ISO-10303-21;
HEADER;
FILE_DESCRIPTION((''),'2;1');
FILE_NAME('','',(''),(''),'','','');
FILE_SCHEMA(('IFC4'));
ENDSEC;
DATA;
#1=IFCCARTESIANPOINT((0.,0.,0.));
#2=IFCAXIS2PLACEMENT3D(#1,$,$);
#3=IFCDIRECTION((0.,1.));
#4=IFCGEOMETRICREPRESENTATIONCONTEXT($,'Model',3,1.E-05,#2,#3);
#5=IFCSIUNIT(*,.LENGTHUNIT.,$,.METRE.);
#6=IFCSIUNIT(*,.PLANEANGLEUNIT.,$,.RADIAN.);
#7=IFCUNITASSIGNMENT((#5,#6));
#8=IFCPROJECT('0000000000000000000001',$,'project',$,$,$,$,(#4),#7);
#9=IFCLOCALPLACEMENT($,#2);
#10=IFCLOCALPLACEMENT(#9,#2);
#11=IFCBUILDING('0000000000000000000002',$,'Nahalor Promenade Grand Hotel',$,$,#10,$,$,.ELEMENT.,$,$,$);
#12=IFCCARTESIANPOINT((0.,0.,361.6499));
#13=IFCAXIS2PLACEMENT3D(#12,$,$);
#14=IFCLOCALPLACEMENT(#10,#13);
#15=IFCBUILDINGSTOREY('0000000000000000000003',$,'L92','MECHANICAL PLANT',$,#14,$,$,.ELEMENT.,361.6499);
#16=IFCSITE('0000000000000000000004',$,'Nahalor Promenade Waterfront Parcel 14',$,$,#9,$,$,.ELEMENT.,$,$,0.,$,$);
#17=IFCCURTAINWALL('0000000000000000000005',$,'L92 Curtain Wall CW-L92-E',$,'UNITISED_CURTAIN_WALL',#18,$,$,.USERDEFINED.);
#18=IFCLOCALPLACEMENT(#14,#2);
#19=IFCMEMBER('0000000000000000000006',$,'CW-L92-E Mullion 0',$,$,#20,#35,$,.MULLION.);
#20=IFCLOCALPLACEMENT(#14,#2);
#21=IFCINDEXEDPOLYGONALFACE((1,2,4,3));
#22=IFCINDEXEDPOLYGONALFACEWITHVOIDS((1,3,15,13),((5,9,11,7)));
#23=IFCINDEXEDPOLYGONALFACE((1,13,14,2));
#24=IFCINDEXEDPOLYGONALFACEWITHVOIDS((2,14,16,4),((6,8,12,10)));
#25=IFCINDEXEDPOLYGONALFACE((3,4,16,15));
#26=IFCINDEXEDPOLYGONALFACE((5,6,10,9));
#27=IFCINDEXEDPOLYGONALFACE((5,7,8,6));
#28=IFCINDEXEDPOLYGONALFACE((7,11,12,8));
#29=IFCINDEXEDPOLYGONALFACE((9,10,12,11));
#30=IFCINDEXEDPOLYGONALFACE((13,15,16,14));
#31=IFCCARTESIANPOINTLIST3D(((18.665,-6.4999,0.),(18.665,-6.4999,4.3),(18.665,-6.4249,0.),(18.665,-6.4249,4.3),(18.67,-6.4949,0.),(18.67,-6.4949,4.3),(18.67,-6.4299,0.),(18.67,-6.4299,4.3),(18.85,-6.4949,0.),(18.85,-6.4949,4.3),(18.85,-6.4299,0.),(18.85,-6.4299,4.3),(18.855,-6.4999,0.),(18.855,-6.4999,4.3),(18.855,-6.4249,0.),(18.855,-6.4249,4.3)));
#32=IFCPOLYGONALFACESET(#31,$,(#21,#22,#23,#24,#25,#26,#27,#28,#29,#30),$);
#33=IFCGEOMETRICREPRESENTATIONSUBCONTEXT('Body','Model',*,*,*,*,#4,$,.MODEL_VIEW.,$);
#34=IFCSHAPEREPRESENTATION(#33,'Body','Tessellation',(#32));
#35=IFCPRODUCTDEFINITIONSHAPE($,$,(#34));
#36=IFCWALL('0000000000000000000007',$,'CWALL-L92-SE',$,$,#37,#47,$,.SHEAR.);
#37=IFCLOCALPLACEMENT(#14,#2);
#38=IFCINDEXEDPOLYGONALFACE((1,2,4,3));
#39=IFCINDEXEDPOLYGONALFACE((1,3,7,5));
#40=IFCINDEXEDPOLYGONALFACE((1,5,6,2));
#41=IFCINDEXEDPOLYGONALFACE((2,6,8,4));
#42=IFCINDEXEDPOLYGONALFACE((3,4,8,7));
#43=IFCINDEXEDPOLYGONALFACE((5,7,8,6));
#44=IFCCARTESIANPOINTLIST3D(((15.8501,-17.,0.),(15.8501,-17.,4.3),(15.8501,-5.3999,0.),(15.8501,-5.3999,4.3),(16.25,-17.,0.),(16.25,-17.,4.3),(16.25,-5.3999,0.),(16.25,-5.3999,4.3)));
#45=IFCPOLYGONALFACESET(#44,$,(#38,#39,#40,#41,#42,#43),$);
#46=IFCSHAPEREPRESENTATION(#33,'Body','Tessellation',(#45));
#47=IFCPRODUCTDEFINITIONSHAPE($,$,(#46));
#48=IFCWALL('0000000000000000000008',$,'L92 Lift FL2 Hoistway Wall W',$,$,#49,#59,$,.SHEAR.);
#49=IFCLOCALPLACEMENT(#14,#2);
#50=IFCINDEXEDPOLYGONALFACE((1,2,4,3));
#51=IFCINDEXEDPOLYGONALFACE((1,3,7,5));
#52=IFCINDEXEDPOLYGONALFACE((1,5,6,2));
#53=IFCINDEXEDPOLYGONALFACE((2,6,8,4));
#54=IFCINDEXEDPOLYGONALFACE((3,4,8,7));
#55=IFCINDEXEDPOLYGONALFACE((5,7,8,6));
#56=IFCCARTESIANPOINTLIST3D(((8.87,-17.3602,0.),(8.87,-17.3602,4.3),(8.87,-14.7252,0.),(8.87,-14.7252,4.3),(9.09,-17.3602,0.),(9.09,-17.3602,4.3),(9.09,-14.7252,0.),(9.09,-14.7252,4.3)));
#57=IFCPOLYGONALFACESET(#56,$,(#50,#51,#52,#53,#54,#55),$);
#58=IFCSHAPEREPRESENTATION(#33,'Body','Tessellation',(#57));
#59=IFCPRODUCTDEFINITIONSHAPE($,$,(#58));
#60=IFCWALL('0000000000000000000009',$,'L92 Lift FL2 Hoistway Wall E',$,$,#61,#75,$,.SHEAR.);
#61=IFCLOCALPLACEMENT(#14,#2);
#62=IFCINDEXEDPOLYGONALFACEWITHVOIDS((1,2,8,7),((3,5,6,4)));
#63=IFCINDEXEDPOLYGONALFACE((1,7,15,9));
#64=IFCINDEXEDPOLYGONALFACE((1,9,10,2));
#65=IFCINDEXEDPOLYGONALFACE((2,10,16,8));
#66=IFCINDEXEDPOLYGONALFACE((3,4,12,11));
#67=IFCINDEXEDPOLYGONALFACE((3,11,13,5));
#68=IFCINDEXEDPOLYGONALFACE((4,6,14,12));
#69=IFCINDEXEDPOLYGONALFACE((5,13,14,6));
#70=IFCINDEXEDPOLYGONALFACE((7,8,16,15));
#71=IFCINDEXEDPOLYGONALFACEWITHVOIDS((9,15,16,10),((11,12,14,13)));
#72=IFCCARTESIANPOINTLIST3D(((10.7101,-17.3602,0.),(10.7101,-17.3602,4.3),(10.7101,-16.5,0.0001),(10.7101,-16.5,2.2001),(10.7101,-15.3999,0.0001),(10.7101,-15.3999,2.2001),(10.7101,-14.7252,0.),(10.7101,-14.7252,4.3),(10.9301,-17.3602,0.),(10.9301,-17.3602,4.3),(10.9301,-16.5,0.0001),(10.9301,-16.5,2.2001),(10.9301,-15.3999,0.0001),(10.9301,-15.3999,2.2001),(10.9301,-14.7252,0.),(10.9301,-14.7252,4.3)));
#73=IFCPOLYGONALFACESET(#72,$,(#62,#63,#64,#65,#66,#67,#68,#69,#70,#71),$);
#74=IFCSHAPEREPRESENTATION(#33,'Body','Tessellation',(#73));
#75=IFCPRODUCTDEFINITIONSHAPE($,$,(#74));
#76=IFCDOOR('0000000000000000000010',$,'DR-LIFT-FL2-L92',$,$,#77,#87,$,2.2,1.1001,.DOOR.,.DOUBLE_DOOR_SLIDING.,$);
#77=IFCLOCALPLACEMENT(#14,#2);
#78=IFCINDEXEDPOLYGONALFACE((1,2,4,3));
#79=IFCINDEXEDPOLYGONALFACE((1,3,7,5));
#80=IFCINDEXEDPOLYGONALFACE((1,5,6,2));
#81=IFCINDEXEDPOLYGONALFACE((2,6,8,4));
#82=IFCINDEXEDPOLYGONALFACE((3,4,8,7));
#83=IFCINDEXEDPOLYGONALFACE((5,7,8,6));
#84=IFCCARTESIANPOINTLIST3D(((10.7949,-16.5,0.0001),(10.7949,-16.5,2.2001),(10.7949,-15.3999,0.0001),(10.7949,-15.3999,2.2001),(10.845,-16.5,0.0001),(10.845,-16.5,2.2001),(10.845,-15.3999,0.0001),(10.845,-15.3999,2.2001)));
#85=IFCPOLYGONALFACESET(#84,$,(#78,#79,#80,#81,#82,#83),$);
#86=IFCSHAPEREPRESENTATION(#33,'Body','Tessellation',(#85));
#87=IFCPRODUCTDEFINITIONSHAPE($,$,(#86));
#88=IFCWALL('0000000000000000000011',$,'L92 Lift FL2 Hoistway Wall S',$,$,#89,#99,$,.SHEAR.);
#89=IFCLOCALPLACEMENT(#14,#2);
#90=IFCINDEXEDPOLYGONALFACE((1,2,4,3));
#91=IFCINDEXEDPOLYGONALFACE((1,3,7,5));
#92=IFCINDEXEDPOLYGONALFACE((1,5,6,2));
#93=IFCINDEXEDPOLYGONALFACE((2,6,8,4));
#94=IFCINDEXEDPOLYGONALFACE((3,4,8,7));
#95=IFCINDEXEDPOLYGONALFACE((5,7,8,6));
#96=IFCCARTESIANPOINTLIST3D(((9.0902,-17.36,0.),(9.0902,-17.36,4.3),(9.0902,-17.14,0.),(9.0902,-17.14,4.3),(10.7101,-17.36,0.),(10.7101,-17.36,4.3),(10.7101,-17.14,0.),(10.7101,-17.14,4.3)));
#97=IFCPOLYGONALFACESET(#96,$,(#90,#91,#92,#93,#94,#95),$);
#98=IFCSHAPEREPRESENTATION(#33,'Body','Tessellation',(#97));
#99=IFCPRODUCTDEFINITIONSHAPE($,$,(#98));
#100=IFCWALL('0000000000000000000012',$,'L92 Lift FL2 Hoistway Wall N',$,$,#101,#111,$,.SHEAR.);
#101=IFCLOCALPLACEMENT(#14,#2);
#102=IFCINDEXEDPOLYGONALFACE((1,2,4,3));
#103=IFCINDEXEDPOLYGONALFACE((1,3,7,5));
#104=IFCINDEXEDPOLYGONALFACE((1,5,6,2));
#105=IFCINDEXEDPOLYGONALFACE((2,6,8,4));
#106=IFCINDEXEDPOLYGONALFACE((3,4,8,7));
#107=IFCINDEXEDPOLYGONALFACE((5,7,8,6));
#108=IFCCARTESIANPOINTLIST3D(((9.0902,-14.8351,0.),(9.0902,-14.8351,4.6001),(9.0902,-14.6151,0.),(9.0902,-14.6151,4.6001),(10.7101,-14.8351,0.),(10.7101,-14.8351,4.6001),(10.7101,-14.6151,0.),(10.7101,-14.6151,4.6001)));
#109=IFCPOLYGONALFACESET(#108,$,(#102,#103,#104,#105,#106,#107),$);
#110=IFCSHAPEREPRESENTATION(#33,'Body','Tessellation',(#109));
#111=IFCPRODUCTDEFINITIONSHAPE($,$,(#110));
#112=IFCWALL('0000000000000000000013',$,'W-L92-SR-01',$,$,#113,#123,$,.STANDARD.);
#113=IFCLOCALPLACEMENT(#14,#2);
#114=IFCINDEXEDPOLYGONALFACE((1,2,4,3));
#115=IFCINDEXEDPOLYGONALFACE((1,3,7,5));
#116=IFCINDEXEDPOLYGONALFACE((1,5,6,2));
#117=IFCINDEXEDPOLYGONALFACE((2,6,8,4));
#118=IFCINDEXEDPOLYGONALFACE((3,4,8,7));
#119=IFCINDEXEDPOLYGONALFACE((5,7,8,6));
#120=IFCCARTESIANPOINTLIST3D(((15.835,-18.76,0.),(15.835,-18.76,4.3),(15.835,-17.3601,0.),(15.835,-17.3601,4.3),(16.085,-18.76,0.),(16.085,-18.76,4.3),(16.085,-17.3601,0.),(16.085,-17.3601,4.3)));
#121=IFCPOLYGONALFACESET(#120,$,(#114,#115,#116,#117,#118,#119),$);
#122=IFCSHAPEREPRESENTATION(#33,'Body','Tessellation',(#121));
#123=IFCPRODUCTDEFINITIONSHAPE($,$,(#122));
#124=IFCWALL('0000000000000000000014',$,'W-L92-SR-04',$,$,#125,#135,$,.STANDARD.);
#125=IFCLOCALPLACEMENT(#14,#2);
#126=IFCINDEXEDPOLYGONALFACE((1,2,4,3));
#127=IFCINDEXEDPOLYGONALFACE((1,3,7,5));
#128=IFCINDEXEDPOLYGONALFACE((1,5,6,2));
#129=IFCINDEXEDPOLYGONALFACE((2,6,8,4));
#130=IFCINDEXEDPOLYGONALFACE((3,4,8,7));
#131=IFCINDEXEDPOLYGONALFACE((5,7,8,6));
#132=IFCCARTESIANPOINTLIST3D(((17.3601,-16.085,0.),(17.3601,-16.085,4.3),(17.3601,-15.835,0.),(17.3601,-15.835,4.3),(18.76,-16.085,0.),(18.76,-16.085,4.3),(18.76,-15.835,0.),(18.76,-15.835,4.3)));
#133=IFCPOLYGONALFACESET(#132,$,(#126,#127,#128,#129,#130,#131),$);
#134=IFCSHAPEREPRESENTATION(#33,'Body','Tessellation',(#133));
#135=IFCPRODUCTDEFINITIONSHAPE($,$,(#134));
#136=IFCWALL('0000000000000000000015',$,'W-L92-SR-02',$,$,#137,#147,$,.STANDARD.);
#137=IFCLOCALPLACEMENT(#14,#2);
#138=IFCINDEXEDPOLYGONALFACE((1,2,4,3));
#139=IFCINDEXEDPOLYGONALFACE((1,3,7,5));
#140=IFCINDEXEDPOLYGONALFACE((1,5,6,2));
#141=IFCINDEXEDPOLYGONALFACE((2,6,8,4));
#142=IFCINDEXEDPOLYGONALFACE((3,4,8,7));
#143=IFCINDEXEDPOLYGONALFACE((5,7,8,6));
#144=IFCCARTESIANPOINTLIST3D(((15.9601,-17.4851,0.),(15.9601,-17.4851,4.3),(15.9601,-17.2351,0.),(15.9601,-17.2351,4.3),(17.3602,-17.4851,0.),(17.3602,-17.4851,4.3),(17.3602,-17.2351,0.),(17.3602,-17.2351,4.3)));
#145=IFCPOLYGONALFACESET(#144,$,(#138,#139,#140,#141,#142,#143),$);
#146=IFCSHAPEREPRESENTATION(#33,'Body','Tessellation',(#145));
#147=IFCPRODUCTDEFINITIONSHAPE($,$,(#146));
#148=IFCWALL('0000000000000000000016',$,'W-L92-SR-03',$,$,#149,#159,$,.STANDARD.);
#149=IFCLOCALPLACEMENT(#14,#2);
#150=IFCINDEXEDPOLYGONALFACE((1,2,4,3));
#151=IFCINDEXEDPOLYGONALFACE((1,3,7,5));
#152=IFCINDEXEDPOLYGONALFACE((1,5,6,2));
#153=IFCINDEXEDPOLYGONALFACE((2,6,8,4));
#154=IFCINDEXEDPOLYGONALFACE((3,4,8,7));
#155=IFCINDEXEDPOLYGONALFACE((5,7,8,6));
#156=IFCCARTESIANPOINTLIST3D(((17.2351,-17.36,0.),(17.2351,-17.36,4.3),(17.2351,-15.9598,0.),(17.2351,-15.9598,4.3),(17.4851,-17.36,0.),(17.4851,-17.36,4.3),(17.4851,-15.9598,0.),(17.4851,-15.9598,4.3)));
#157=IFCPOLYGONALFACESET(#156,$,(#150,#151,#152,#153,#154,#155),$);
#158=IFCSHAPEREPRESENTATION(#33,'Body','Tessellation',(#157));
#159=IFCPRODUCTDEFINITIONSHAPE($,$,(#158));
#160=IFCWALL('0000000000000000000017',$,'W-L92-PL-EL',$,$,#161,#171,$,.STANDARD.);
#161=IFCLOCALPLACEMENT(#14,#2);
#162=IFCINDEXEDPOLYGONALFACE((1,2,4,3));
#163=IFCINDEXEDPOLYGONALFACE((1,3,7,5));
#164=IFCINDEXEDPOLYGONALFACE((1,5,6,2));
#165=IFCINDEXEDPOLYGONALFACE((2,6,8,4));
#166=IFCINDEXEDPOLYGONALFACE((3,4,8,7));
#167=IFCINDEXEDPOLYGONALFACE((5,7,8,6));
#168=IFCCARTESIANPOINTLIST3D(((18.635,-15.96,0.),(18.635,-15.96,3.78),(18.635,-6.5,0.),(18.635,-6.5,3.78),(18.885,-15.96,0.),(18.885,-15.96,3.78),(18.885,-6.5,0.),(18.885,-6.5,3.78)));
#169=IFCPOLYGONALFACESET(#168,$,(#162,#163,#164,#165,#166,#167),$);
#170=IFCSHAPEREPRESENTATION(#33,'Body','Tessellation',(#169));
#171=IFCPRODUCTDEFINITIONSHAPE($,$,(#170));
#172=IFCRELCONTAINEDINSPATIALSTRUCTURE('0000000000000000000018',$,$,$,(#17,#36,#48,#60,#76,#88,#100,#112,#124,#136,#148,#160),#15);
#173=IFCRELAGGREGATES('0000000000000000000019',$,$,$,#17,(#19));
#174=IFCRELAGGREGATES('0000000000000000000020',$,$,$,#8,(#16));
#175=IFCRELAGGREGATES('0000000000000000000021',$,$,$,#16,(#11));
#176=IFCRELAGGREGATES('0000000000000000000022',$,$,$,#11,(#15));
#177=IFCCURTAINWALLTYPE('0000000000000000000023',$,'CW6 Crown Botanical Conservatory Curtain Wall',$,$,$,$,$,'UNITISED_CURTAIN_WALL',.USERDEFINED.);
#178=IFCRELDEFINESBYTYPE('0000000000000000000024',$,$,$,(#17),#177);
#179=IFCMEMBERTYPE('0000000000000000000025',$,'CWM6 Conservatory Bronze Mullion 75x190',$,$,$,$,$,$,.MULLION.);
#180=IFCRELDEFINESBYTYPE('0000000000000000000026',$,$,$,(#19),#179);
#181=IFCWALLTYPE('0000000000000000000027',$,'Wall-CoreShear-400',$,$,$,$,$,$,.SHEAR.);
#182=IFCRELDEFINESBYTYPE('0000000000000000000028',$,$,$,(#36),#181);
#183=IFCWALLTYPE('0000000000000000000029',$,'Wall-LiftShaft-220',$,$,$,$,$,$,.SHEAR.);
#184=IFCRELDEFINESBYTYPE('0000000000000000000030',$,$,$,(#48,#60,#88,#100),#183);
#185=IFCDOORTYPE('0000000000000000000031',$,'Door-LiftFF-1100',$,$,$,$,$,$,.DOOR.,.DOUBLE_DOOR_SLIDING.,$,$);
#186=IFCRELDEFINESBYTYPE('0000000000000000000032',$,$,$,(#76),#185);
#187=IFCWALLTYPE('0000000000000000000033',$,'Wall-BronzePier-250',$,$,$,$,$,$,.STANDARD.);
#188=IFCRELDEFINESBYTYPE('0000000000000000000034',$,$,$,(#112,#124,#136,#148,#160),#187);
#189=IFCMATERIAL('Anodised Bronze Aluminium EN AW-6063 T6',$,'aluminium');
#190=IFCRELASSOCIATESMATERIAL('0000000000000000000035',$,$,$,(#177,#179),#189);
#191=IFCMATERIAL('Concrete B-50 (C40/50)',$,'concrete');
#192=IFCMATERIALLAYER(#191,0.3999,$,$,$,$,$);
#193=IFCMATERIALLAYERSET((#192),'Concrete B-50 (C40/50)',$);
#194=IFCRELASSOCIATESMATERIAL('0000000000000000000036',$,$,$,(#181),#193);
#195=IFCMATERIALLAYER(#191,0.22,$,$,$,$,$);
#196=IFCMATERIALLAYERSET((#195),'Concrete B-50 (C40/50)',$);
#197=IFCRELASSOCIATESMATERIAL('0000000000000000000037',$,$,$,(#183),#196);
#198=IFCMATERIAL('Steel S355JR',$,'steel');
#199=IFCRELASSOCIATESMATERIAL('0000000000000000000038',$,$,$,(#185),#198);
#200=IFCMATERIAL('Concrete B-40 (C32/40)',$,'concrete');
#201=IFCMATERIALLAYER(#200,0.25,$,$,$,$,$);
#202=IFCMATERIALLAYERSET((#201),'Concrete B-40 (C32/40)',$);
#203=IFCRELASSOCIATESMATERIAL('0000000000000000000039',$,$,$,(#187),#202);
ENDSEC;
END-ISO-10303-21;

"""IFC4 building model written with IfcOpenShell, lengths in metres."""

from ifc_helpers import new_model, si_unit, direction, frame, frame_2d, origin, origin_2d, place, context, subcontext, project, spatial, rectangle, hollow_rectangle, extrude, source, transform, mapped, material, layer, layer_set, material_profile, profile_set, type_object, element, fill, aggregate, save


model = new_model("IFC4")

# Units and contexts
model_context = context("Model", 3, precision=1e-05, world=origin(), true_north=direction((0.0, 1.0)))
body_context = subcontext(model_context, "Body", "Model", "MODEL_VIEW")
ifc_project = project(units=[si_unit("LENGTHUNIT", "METRE"), si_unit("PLANEANGLEUNIT", "RADIAN")], contexts=[model_context])

# Site, building, storey
site_placement = place(None, origin())
site = spatial("IfcSite", under=ifc_project, at=site_placement, Name="Nahalor Promenade Waterfront Parcel 14", CompositionType="ELEMENT", RefElevation=0.0)
building_placement = place(site_placement, origin())
building = spatial("IfcBuilding", under=site, at=building_placement, Name="Nahalor Promenade Grand Hotel", CompositionType="ELEMENT")
storey_placement = place(building_placement, frame((0.0, 0.0, 361.6499)))
storey = spatial("IfcBuildingStorey", under=building, at=storey_placement, Name="L92", Description="MECHANICAL PLANT", CompositionType="ELEMENT", Elevation=361.6499)

# Shared definitions
ifc_material_1 = material(Name="Concrete B-50 (C40/50)", Category="concrete")

# Shared definitions
ifc_material_2 = material(Name="Steel S355JR", Category="steel")

# Curtain wall, member
ifc_material_3 = material(Name="Anodised Bronze Aluminium EN AW-6063 T6", Category="aluminium")
curtain_wall_type = type_object("IfcCurtainWallType", Name="CW6 Crown Botanical Conservatory Curtain Wall", ElementType="UNITISED_CURTAIN_WALL", PredefinedType="USERDEFINED", material=ifc_material_3)
curtain_wall_placement = place(storey_placement, origin())
curtain_wall = element("IfcCurtainWall", 1, at=curtain_wall_placement, inside=storey, type_object=curtain_wall_type, Name="L92 Curtain Wall CW-L92-E", ObjectType="UNITISED_CURTAIN_WALL", PredefinedType="USERDEFINED")
ifc_material_profile_1 = material_profile(ifc_material_3, hollow_rectangle(XDim=0.075, YDim=0.19, WallThickness=0.005, at=origin_2d()), Name="CWM 75x190x5")
ifc_profile_set_1 = profile_set([ifc_material_profile_1], Name="Anodised Bronze Aluminium EN AW-6063 T6")
member_type_1 = type_object("IfcMemberType", Name="CWM6 Conservatory Bronze Mullion 75x190", PredefinedType="MULLION", material=ifc_profile_set_1)
shared_shape_1 = source(origin(), body_context, "Body", "SweptSolid", [
    extrude(hollow_rectangle(XDim=0.075, YDim=0.19, WallThickness=0.005, at=origin_2d()), origin(), (0.0, 0.0, 1.0), 4.3),
])
member_1_placement = place(storey_placement, frame((18.76, -6.4624, 0.0), z_axis=(0.0, 0.0, 1.0), x_axis=(0.0, 1.0, 0.0)))
member_1 = element("IfcMember", 2, at=member_1_placement, type_object=member_type_1, Name="CW-L92-E Mullion 0", PredefinedType="MULLION", context=body_context, shape_type="MappedRepresentation", body=[
    mapped(shared_shape_1, transform((0.0, 0.0, 0.0), scale=1.0)),
])
aggregate(curtain_wall, [member_1])

# Walls
ifc_layer_1 = layer(ifc_material_1, 0.3999)
ifc_layer_set_1 = layer_set([ifc_layer_1], Name="Concrete B-50 (C40/50)")
wall_type_1 = type_object("IfcWallType", Name="Wall-CoreShear-400", PredefinedType="SHEAR", material=ifc_layer_set_1)
shared_shape_2 = source(origin(), body_context, "Body", "SweptSolid", [
    extrude(rectangle(XDim=11.6001, YDim=0.3999, at=frame_2d((5.8, 0.0))), origin(), (0.0, 0.0, 1.0), 4.3),
])
wall_1_placement = place(storey_placement, frame((16.05, -17.0, 0.0), z_axis=(0.0, 0.0, 1.0), x_axis=(0.0, 1.0, 0.0)))
element("IfcWall", 3, at=wall_1_placement, inside=storey, type_object=wall_type_1, Name="CWALL-L92-SE", PredefinedType="SHEAR", context=body_context, shape_type="MappedRepresentation", body=[
    mapped(shared_shape_2, transform((0.0, 0.0, 0.0), scale=1.0)),
])
ifc_layer_2 = layer(ifc_material_1, 0.22)
ifc_layer_set_2 = layer_set([ifc_layer_2], Name="Concrete B-50 (C40/50)")
wall_type_2 = type_object("IfcWallType", Name="Wall-LiftShaft-220", PredefinedType="SHEAR", material=ifc_layer_set_2)
shared_shape_3 = source(origin(), body_context, "Body", "SweptSolid", [
    extrude(rectangle(XDim=2.635, YDim=0.22, at=frame_2d((1.3174, 0.0))), origin(), (0.0, 0.0, 1.0), 4.3),
])
wall_2_placement = place(storey_placement, frame((8.98, -17.3601, 0.0), z_axis=(0.0, 0.0, 1.0), x_axis=(0.0, 1.0, 0.0)))
element("IfcWall", 4, at=wall_2_placement, inside=storey, type_object=wall_type_2, Name="L92 Lift FL2 Hoistway Wall W", PredefinedType="SHEAR", context=body_context, shape_type="MappedRepresentation", body=[
    mapped(shared_shape_3, transform((0.0, 0.0, 0.0), scale=1.0)),
])

# Wall, opening, door
wall_3_placement = place(storey_placement, frame((10.8201, -17.3601, 0.0), z_axis=(0.0, 0.0, 1.0), x_axis=(0.0, 1.0, 0.0)))
wall_3 = element("IfcWall", 5, at=wall_3_placement, inside=storey, type_object=wall_type_2, Name="L92 Lift FL2 Hoistway Wall E", PredefinedType="SHEAR", context=body_context, shape_type="MappedRepresentation", body=[
    mapped(shared_shape_3, transform((0.0, 0.0, 0.0), scale=1.0)),
])
opening_1_placement = place(wall_3_placement, frame((0.8601, 0.0, 0.0)))
opening_1 = element("IfcOpeningElement", 6, at=opening_1_placement, cuts=wall_3, PredefinedType="OPENING", context=body_context, shape_type="SweptSolid", body=[
    extrude(rectangle(XDim=1.1001, YDim=2.2, at=frame_2d((0.55, 1.1001))), frame((0.0, 0.1199, 0.0), z_axis=(0.0, -1.0, 0.0), x_axis=(1.0, 0.0, 0.0)), (0.0, 0.0, 1.0), 0.24),
])
door_type_1 = type_object("IfcDoorType", Name="Door-LiftFF-1100", OperationType="DOUBLE_DOOR_SLIDING", PredefinedType="DOOR", material=ifc_material_2)
shared_shape_4 = source(origin(), body_context, "Body", "SweptSolid", [
    extrude(rectangle(XDim=1.1001, YDim=2.2, at=frame_2d((0.55, 1.1001))), frame((0.0, 0.0249, 0.0), z_axis=(0.0, -1.0, 0.0), x_axis=(1.0, 0.0, 0.0)), (0.0, 0.0, 1.0), 0.05),
])
door_1_placement = place(opening_1_placement, frame((1.1001, 0.0, 0.0), z_axis=(0.0, 0.0, 1.0), x_axis=(-1.0, 0.0, 0.0)))
door_1 = element("IfcDoor", 7, at=door_1_placement, inside=storey, type_object=door_type_1, Name="DR-LIFT-FL2-L92", OperationType="DOUBLE_DOOR_SLIDING", OverallHeight=2.2, OverallWidth=1.1001, PredefinedType="DOOR", context=body_context, shape_type="MappedRepresentation", body=[
    mapped(shared_shape_4, transform((0.0, 0.0, 0.0), scale=1.0)),
])
fill(opening_1, door_1)

# Walls
shared_shape_5 = source(origin(), body_context, "Body", "SweptSolid", [
    extrude(rectangle(XDim=1.6199, YDim=0.22, at=frame_2d((0.8101, 0.0))), origin(), (0.0, 0.0, 1.0), 4.3),
])
wall_4_placement = place(storey_placement, frame((9.0901, -17.25, 0.0), z_axis=(0.0, 0.0, 1.0), x_axis=(1.0, 0.0, 0.0)))
element("IfcWall", 8, at=wall_4_placement, inside=storey, type_object=wall_type_2, Name="L92 Lift FL2 Hoistway Wall S", PredefinedType="SHEAR", context=body_context, shape_type="MappedRepresentation", body=[
    mapped(shared_shape_5, transform((0.0, 0.0, 0.0), scale=1.0)),
])
shared_shape_6 = source(origin(), body_context, "Body", "SweptSolid", [
    extrude(rectangle(XDim=1.6199, YDim=0.22, at=frame_2d((0.8101, 0.0))), origin(), (0.0, 0.0, 1.0), 4.6001),
])
wall_5_placement = place(storey_placement, frame((9.0901, -14.7251, 0.0), z_axis=(0.0, 0.0, 1.0), x_axis=(1.0, 0.0, 0.0)))
element("IfcWall", 9, at=wall_5_placement, inside=storey, type_object=wall_type_2, Name="L92 Lift FL2 Hoistway Wall N", PredefinedType="SHEAR", context=body_context, shape_type="MappedRepresentation", body=[
    mapped(shared_shape_6, transform((0.0, 0.0, 0.0), scale=1.0)),
])
ifc_material_4 = material(Name="Concrete B-40 (C32/40)", Category="concrete")
ifc_layer_3 = layer(ifc_material_4, 0.25)
ifc_layer_set_3 = layer_set([ifc_layer_3], Name="Concrete B-40 (C32/40)")
wall_type_3 = type_object("IfcWallType", Name="Wall-BronzePier-250", PredefinedType="STANDARD", material=ifc_layer_set_3)
shared_shape_7 = source(origin(), body_context, "Body", "SweptSolid", [
    extrude(rectangle(XDim=1.3999, YDim=0.25, at=frame_2d((0.7, 0.0))), origin(), (0.0, 0.0, 1.0), 4.3),
])
for number, where, z_axis, x_axis, name in (
    (10, (15.96, -18.76, 0.0), (0.0, 0.0, 1.0), (0.0, 1.0, 0.0), "W-L92-SR-01"),
    (11, (17.3601, -15.96, 0.0), (0.0, 0.0, 1.0), (1.0, 0.0, 0.0), "W-L92-SR-04"),
):
    element("IfcWall", number, at=place(storey_placement, frame(where, z_axis=z_axis, x_axis=x_axis)), inside=storey, type_object=wall_type_3, Name=name, PredefinedType="STANDARD", context=body_context, shape_type="MappedRepresentation", body=[
        mapped(shared_shape_7, transform((0.0, 0.0, 0.0), scale=1.0)),
    ])
shared_shape_8 = source(origin(), body_context, "Body", "SweptSolid", [
    extrude(rectangle(XDim=1.4001, YDim=0.25, at=frame_2d((0.7002, 0.0))), origin(), (0.0, 0.0, 1.0), 4.3),
])
for number, where, z_axis, x_axis, name in (
    (12, (15.96, -17.3601, 0.0), (0.0, 0.0, 1.0), (1.0, 0.0, 0.0), "W-L92-SR-02"),
    (13, (17.3601, -17.3601, 0.0), (0.0, 0.0, 1.0), (0.0, 1.0, 0.0), "W-L92-SR-03"),
):
    element("IfcWall", number, at=place(storey_placement, frame(where, z_axis=z_axis, x_axis=x_axis)), inside=storey, type_object=wall_type_3, Name=name, PredefinedType="STANDARD", context=body_context, shape_type="MappedRepresentation", body=[
        mapped(shared_shape_8, transform((0.0, 0.0, 0.0), scale=1.0)),
    ])
shared_shape_9 = source(origin(), body_context, "Body", "SweptSolid", [
    extrude(rectangle(XDim=9.46, YDim=0.25, at=frame_2d((4.73, 0.0))), origin(), (0.0, 0.0, 1.0), 3.78),
])
wall_6_placement = place(storey_placement, frame((18.76, -15.96, 0.0), z_axis=(0.0, 0.0, 1.0), x_axis=(0.0, 1.0, 0.0)))
element("IfcWall", 14, at=wall_6_placement, inside=storey, type_object=wall_type_3, Name="W-L92-PL-EL", PredefinedType="STANDARD", context=body_context, shape_type="MappedRepresentation", body=[
    mapped(shared_shape_9, transform((0.0, 0.0, 0.0), scale=1.0)),
])

save(model, "model.ifc")
